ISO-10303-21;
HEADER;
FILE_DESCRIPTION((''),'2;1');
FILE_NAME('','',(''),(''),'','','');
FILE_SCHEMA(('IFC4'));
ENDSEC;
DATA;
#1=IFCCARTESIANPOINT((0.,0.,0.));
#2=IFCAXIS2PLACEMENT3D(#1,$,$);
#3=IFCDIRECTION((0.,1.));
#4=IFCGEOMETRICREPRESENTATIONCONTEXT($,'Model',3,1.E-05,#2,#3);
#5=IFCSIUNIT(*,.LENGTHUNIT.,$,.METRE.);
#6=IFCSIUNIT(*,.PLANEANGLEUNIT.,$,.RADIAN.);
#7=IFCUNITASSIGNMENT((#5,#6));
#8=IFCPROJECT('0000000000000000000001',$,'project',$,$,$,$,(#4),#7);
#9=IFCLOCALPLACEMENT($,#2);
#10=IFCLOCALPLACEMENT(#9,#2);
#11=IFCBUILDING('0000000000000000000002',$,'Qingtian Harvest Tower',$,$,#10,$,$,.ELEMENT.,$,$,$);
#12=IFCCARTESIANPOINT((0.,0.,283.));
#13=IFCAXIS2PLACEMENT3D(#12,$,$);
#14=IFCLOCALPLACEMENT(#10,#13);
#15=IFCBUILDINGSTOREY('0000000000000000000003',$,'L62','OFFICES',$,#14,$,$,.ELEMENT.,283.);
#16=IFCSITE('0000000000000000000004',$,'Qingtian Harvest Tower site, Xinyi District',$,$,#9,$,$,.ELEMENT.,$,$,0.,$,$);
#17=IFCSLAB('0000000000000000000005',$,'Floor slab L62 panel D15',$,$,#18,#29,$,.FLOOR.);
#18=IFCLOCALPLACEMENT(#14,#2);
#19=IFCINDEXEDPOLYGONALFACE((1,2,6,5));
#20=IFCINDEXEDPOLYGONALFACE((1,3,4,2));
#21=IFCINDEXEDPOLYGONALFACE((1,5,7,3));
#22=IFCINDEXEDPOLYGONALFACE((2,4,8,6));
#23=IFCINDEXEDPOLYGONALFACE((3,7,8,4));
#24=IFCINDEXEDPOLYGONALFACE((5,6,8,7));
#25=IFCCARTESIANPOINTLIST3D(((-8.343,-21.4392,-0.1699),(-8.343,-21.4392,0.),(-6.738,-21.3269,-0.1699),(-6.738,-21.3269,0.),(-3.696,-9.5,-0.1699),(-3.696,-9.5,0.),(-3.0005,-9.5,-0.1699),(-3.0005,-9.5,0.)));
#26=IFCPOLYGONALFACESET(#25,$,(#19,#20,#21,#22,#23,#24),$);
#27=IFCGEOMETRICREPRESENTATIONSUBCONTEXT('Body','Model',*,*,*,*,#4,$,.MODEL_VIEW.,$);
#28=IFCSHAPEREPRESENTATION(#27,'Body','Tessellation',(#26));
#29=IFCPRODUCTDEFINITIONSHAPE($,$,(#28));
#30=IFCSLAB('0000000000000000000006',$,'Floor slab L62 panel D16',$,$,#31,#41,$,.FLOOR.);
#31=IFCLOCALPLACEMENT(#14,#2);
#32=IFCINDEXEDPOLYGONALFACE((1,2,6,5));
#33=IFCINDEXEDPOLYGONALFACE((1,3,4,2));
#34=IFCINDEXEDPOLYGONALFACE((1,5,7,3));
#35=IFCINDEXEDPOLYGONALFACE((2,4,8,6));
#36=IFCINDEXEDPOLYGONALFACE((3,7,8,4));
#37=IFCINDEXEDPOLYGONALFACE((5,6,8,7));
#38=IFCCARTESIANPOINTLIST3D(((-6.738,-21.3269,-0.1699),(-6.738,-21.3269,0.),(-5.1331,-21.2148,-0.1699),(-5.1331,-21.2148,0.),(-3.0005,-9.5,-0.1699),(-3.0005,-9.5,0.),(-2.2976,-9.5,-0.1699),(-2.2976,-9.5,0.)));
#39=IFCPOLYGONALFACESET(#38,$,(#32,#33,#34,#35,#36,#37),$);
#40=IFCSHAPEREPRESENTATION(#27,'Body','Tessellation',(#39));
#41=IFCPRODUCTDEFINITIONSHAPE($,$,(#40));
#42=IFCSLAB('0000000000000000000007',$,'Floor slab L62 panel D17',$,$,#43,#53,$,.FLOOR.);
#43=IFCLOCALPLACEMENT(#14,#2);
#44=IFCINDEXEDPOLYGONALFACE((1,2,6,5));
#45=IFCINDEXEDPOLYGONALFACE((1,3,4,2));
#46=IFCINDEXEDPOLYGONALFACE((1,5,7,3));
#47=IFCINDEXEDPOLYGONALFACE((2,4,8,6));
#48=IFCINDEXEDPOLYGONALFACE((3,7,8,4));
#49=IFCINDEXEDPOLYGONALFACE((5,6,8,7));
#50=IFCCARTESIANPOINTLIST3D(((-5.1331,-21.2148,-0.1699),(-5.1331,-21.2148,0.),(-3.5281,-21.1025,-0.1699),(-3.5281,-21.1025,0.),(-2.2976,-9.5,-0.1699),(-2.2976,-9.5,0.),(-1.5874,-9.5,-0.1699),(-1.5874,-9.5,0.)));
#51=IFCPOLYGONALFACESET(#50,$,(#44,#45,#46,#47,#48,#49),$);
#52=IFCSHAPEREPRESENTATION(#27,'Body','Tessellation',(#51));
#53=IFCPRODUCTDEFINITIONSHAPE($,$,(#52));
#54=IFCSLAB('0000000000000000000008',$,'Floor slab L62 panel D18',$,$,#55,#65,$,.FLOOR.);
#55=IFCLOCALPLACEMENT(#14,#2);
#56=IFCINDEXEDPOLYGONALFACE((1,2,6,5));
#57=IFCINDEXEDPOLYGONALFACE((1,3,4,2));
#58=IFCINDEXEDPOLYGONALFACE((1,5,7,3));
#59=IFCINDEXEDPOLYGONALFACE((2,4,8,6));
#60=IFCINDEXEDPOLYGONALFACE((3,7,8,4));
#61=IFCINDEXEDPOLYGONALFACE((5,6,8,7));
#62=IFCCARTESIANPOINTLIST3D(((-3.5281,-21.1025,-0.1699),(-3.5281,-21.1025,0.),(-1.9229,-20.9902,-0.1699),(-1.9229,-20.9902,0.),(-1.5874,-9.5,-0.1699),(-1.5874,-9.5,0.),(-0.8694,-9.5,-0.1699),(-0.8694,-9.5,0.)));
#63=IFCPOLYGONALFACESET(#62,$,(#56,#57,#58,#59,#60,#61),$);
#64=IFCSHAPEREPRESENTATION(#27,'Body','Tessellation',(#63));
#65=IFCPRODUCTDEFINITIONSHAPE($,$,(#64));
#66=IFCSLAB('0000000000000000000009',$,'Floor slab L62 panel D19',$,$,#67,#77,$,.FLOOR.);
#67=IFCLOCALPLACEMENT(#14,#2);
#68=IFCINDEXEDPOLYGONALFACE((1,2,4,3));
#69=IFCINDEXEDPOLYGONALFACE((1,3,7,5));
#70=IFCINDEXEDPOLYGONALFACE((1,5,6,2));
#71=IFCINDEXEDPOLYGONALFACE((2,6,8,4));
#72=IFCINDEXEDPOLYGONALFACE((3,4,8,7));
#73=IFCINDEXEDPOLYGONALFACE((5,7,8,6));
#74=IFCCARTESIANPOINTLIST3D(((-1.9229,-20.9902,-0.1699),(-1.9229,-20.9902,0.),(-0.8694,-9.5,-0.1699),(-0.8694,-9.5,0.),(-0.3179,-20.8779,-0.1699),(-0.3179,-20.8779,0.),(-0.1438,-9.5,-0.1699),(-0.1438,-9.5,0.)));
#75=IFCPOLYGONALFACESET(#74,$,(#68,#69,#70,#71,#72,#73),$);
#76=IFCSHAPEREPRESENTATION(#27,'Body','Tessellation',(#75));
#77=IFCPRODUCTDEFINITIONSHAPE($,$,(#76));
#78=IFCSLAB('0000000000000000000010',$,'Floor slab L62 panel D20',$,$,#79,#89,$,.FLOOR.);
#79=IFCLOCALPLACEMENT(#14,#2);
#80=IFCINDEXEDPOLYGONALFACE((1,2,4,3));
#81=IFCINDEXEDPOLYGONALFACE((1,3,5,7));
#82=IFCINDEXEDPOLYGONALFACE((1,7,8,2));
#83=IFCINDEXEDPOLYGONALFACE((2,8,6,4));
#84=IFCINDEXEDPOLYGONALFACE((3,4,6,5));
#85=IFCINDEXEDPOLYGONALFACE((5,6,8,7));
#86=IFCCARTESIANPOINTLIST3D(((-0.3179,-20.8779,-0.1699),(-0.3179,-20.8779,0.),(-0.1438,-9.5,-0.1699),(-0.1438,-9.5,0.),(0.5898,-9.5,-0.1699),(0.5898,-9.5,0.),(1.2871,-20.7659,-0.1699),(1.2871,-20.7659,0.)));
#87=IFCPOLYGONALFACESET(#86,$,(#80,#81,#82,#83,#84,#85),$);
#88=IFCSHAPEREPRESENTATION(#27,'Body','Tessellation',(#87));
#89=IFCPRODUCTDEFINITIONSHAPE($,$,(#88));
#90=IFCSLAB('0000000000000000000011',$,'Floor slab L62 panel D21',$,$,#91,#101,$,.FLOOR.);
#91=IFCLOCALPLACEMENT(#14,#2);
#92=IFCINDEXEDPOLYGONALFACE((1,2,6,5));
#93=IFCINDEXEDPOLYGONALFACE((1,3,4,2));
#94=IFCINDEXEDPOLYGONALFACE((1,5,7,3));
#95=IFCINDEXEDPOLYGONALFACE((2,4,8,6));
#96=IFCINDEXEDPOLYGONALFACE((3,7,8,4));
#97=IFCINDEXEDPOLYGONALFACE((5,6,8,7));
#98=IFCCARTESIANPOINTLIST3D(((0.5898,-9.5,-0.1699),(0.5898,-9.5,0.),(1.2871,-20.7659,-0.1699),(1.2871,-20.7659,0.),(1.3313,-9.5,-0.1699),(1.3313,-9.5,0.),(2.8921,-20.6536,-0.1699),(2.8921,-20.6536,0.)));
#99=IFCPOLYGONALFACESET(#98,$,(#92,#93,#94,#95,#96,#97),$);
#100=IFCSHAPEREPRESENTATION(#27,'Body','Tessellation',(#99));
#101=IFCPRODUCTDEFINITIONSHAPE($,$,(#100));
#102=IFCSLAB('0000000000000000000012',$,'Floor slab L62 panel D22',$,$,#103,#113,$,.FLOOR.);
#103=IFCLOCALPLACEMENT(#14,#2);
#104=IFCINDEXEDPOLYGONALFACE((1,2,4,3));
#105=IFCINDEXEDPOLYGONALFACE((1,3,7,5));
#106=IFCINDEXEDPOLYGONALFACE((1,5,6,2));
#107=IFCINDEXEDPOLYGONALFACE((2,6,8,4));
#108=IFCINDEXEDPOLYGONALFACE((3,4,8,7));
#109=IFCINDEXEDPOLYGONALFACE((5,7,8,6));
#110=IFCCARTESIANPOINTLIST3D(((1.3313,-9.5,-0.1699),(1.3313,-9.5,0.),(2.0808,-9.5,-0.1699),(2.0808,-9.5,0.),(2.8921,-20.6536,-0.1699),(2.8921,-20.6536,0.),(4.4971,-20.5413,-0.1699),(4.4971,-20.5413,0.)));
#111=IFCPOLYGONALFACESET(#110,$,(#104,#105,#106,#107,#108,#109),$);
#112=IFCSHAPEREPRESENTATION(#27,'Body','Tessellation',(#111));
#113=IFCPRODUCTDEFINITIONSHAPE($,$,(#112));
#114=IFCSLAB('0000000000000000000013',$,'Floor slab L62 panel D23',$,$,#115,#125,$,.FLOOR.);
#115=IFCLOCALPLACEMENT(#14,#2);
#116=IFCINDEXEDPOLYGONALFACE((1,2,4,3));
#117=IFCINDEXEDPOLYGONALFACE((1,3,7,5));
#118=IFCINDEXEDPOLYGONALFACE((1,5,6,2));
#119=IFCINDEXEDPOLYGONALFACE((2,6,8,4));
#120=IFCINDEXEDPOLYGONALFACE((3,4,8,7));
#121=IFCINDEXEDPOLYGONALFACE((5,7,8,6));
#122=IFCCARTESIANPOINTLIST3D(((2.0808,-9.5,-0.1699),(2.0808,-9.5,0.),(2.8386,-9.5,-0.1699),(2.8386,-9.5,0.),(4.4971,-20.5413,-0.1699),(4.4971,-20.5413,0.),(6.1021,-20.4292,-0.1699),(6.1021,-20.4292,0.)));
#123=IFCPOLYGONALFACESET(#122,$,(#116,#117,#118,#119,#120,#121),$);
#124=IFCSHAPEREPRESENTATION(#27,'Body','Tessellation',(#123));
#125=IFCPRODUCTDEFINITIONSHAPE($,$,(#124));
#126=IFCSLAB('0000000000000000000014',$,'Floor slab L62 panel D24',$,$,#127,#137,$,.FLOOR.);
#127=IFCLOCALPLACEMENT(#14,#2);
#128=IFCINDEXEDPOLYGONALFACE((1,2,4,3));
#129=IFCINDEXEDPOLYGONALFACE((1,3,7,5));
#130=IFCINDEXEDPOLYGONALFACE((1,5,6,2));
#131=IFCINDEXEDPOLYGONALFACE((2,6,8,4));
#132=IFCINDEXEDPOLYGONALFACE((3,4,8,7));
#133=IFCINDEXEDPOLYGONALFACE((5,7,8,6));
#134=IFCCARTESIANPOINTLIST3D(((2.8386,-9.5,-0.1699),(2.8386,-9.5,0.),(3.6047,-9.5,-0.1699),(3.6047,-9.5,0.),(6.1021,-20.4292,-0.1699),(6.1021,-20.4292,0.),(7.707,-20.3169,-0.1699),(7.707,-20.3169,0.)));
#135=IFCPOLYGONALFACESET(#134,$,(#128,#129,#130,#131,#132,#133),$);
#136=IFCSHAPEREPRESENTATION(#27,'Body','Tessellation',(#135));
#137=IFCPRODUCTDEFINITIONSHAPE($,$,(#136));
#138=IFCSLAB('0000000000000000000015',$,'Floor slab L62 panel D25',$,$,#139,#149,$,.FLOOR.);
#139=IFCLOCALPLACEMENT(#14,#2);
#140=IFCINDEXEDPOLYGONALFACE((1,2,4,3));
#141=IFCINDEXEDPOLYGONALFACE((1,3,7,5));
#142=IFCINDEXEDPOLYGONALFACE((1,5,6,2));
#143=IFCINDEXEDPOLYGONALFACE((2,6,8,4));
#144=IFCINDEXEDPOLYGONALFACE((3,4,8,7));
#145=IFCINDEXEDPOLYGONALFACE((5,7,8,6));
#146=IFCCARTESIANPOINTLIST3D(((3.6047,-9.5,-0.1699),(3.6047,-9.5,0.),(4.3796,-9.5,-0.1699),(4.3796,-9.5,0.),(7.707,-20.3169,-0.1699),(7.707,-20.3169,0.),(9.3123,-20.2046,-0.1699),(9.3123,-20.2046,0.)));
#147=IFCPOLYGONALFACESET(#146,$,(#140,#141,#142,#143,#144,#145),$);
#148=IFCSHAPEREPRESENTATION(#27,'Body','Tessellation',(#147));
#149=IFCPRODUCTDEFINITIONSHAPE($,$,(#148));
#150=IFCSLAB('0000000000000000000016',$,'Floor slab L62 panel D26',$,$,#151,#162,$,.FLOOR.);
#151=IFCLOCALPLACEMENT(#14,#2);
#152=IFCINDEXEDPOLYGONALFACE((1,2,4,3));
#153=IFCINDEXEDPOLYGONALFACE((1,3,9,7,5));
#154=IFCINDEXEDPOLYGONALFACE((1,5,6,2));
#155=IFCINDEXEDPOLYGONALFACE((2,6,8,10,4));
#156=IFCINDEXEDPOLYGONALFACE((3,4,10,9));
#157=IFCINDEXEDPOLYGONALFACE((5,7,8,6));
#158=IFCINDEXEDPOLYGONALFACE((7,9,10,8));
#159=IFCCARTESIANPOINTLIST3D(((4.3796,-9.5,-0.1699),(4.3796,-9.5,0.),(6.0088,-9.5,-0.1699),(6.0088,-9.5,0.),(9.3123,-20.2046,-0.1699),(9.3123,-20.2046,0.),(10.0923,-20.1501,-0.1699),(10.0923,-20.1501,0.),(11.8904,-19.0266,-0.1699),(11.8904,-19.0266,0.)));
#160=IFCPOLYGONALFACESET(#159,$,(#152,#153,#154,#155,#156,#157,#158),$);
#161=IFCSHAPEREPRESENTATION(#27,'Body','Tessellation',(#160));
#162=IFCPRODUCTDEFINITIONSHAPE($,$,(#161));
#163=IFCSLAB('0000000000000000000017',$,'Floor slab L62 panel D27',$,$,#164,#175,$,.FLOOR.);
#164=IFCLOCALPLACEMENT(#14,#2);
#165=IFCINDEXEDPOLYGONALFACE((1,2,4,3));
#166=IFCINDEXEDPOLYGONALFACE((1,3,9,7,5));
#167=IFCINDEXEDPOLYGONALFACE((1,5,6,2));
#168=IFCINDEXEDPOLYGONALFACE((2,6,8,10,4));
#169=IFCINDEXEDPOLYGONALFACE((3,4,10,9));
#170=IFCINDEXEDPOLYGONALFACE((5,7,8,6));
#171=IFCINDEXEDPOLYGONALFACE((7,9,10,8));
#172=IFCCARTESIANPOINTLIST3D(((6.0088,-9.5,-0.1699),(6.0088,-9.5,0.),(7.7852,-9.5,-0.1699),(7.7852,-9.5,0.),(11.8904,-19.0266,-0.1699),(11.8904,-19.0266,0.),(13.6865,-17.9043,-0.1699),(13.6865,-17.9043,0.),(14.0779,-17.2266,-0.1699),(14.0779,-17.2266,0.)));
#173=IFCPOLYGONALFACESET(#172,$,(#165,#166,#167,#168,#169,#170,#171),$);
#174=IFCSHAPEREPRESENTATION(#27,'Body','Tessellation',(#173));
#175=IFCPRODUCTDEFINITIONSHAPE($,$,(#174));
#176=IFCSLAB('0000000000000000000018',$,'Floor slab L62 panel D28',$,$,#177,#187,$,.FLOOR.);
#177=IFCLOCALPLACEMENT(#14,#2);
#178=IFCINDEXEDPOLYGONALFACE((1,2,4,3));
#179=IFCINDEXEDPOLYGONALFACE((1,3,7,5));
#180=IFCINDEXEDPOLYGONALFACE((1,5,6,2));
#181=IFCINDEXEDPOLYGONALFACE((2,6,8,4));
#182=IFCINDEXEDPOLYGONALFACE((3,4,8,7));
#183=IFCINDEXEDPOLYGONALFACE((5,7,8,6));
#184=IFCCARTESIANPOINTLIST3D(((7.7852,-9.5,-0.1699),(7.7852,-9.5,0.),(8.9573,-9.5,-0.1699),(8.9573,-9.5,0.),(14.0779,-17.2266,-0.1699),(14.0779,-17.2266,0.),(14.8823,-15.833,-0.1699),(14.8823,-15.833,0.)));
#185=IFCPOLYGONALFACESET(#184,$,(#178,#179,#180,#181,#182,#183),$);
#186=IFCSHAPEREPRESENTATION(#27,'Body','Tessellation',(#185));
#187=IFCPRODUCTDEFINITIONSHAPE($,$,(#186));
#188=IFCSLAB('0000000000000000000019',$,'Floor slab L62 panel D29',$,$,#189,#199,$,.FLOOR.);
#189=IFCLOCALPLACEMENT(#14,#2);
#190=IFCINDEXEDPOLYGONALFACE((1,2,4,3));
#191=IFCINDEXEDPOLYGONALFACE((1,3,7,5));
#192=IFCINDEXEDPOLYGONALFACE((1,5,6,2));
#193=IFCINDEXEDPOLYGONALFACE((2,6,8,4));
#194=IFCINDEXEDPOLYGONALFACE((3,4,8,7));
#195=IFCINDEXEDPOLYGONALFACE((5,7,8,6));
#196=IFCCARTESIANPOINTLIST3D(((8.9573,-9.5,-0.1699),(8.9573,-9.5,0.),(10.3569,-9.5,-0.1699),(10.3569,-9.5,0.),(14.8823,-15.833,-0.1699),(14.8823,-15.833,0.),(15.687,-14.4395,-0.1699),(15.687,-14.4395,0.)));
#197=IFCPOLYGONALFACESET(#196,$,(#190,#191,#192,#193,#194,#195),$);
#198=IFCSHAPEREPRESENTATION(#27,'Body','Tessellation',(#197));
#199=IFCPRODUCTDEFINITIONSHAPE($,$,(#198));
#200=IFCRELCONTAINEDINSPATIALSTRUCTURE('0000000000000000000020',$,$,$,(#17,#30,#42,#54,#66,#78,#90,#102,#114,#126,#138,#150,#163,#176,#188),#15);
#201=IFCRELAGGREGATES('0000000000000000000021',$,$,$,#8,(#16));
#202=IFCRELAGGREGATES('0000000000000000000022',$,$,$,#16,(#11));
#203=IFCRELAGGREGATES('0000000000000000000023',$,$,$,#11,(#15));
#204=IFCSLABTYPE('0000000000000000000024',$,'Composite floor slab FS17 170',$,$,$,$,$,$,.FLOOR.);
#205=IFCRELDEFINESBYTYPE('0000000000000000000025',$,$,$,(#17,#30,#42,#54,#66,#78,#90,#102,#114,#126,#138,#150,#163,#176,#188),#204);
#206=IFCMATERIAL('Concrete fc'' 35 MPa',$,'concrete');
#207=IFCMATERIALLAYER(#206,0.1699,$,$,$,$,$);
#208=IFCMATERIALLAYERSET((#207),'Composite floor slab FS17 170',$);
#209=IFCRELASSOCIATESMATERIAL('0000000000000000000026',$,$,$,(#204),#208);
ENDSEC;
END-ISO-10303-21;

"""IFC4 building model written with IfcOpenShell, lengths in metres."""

from ifc_helpers import new_model, si_unit, direction, frame, origin, place, context, subcontext, project, spatial, polyline, outline, extrude, material, layer, layer_set, type_object, element, save


model = new_model("IFC4")

# Units and contexts
model_context = context("Model", 3, precision=1e-05, world=origin(), true_north=direction((0.0, 1.0)))
body_context = subcontext(model_context, "Body", "Model", "MODEL_VIEW")
ifc_project = project(units=[si_unit("LENGTHUNIT", "METRE"), si_unit("PLANEANGLEUNIT", "RADIAN")], contexts=[model_context])

# Site, building, storey
site_placement = place(None, origin())
site = spatial("IfcSite", under=ifc_project, at=site_placement, Name="Qingtian Harvest Tower site, Xinyi District", CompositionType="ELEMENT", RefElevation=0.0)
building_placement = place(site_placement, origin())
building = spatial("IfcBuilding", under=site, at=building_placement, Name="Qingtian Harvest Tower", CompositionType="ELEMENT")
storey_placement = place(building_placement, frame((0.0, 0.0, 283.0)))
storey = spatial("IfcBuildingStorey", under=building, at=storey_placement, Name="L62", Description="OFFICES", CompositionType="ELEMENT", Elevation=283.0)

# Slabs
ifc_material_1 = material(Name="Concrete fc' 35 MPa", Category="concrete")
ifc_layer_1 = layer(ifc_material_1, 0.1699)
ifc_layer_set_1 = layer_set([ifc_layer_1], Name="Composite floor slab FS17 170")
slab_type = type_object("IfcSlabType", Name="Composite floor slab FS17 170", PredefinedType="FLOOR", material=ifc_layer_set_1)
slab_1_placement = place(storey_placement, frame((0.0, 0.0, -0.1699)))
element("IfcSlab", 1, at=slab_1_placement, inside=storey, type_object=slab_type, Name="Floor slab L62 panel D15", PredefinedType="FLOOR", context=body_context, shape_type="SweptSolid", body=[
    extrude(outline(polyline([(-3.0005, -9.5), (-6.738, -21.3269), (-8.343, -21.4392), (-3.696, -9.5), (-3.0005, -9.5)])), origin(), (0.0, 0.0, 1.0), 0.1699),
])
slab_2_placement = place(storey_placement, frame((0.0, 0.0, -0.1699)))
element("IfcSlab", 2, at=slab_2_placement, inside=storey, type_object=slab_type, Name="Floor slab L62 panel D16", PredefinedType="FLOOR", context=body_context, shape_type="SweptSolid", body=[
    extrude(outline(polyline([(-2.2976, -9.5), (-5.1331, -21.2148), (-6.738, -21.3269), (-3.0005, -9.5), (-2.2976, -9.5)])), origin(), (0.0, 0.0, 1.0), 0.1699),
])
slab_3_placement = place(storey_placement, frame((0.0, 0.0, -0.1699)))
element("IfcSlab", 3, at=slab_3_placement, inside=storey, type_object=slab_type, Name="Floor slab L62 panel D17", PredefinedType="FLOOR", context=body_context, shape_type="SweptSolid", body=[
    extrude(outline(polyline([(-1.5874, -9.5), (-3.5281, -21.1025), (-5.1331, -21.2148), (-2.2976, -9.5), (-1.5874, -9.5)])), origin(), (0.0, 0.0, 1.0), 0.1699),
])
slab_4_placement = place(storey_placement, frame((0.0, 0.0, -0.1699)))
element("IfcSlab", 4, at=slab_4_placement, inside=storey, type_object=slab_type, Name="Floor slab L62 panel D18", PredefinedType="FLOOR", context=body_context, shape_type="SweptSolid", body=[
    extrude(outline(polyline([(-0.8694, -9.5), (-1.9229, -20.9902), (-3.5281, -21.1025), (-1.5874, -9.5), (-0.8694, -9.5)])), origin(), (0.0, 0.0, 1.0), 0.1699),
])
slab_5_placement = place(storey_placement, frame((0.0, 0.0, -0.1699)))
element("IfcSlab", 5, at=slab_5_placement, inside=storey, type_object=slab_type, Name="Floor slab L62 panel D19", PredefinedType="FLOOR", context=body_context, shape_type="SweptSolid", body=[
    extrude(outline(polyline([(-0.1438, -9.5), (-0.3179, -20.8779), (-1.9229, -20.9902), (-0.8694, -9.5), (-0.1438, -9.5)])), origin(), (0.0, 0.0, 1.0), 0.1699),
])
slab_6_placement = place(storey_placement, frame((0.0, 0.0, -0.1699)))
element("IfcSlab", 6, at=slab_6_placement, inside=storey, type_object=slab_type, Name="Floor slab L62 panel D20", PredefinedType="FLOOR", context=body_context, shape_type="SweptSolid", body=[
    extrude(outline(polyline([(0.5898, -9.5), (1.2871, -20.7659), (-0.3179, -20.8779), (-0.1438, -9.5), (0.5898, -9.5)])), origin(), (0.0, 0.0, 1.0), 0.1699),
])
slab_7_placement = place(storey_placement, frame((0.0, 0.0, -0.1699)))
element("IfcSlab", 7, at=slab_7_placement, inside=storey, type_object=slab_type, Name="Floor slab L62 panel D21", PredefinedType="FLOOR", context=body_context, shape_type="SweptSolid", body=[
    extrude(outline(polyline([(1.3313, -9.5), (2.8921, -20.6536), (1.2871, -20.7659), (0.5898, -9.5), (1.3313, -9.5)])), origin(), (0.0, 0.0, 1.0), 0.1699),
])
slab_8_placement = place(storey_placement, frame((0.0, 0.0, -0.1699)))
element("IfcSlab", 8, at=slab_8_placement, inside=storey, type_object=slab_type, Name="Floor slab L62 panel D22", PredefinedType="FLOOR", context=body_context, shape_type="SweptSolid", body=[
    extrude(outline(polyline([(2.0808, -9.5), (4.4971, -20.5413), (2.8921, -20.6536), (1.3313, -9.5), (2.0808, -9.5)])), origin(), (0.0, 0.0, 1.0), 0.1699),
])
slab_9_placement = place(storey_placement, frame((0.0, 0.0, -0.1699)))
element("IfcSlab", 9, at=slab_9_placement, inside=storey, type_object=slab_type, Name="Floor slab L62 panel D23", PredefinedType="FLOOR", context=body_context, shape_type="SweptSolid", body=[
    extrude(outline(polyline([(2.8386, -9.5), (6.1021, -20.4292), (4.4971, -20.5413), (2.0808, -9.5), (2.8386, -9.5)])), origin(), (0.0, 0.0, 1.0), 0.1699),
])
slab_10_placement = place(storey_placement, frame((0.0, 0.0, -0.1699)))
element("IfcSlab", 10, at=slab_10_placement, inside=storey, type_object=slab_type, Name="Floor slab L62 panel D24", PredefinedType="FLOOR", context=body_context, shape_type="SweptSolid", body=[
    extrude(outline(polyline([(3.6047, -9.5), (7.707, -20.3169), (6.1021, -20.4292), (2.8386, -9.5), (3.6047, -9.5)])), origin(), (0.0, 0.0, 1.0), 0.1699),
])
slab_11_placement = place(storey_placement, frame((0.0, 0.0, -0.1699)))
element("IfcSlab", 11, at=slab_11_placement, inside=storey, type_object=slab_type, Name="Floor slab L62 panel D25", PredefinedType="FLOOR", context=body_context, shape_type="SweptSolid", body=[
    extrude(outline(polyline([(4.3796, -9.5), (9.3123, -20.2046), (7.707, -20.3169), (3.6047, -9.5), (4.3796, -9.5)])), origin(), (0.0, 0.0, 1.0), 0.1699),
])
slab_12_placement = place(storey_placement, frame((0.0, 0.0, -0.1699)))
element("IfcSlab", 12, at=slab_12_placement, inside=storey, type_object=slab_type, Name="Floor slab L62 panel D26", PredefinedType="FLOOR", context=body_context, shape_type="SweptSolid", body=[
    extrude(outline(polyline([(4.3796, -9.5), (6.0088, -9.5), (11.8904, -19.0266), (10.0923, -20.1501), (9.3123, -20.2046), (4.3796, -9.5)])), origin(), (0.0, 0.0, 1.0), 0.1699),
])
slab_13_placement = place(storey_placement, frame((0.0, 0.0, -0.1699)))
element("IfcSlab", 13, at=slab_13_placement, inside=storey, type_object=slab_type, Name="Floor slab L62 panel D27", PredefinedType="FLOOR", context=body_context, shape_type="SweptSolid", body=[
    extrude(outline(polyline([(6.0088, -9.5), (7.7852, -9.5), (14.0779, -17.2266), (13.6865, -17.9043), (11.8904, -19.0266), (6.0088, -9.5)])), origin(), (0.0, 0.0, 1.0), 0.1699),
])
slab_14_placement = place(storey_placement, frame((0.0, 0.0, -0.1699)))
element("IfcSlab", 14, at=slab_14_placement, inside=storey, type_object=slab_type, Name="Floor slab L62 panel D28", PredefinedType="FLOOR", context=body_context, shape_type="SweptSolid", body=[
    extrude(outline(polyline([(8.9573, -9.5), (14.8823, -15.833), (14.0779, -17.2266), (7.7852, -9.5), (8.9573, -9.5)])), origin(), (0.0, 0.0, 1.0), 0.1699),
])
slab_15_placement = place(storey_placement, frame((0.0, 0.0, -0.1699)))
element("IfcSlab", 15, at=slab_15_placement, inside=storey, type_object=slab_type, Name="Floor slab L62 panel D29", PredefinedType="FLOOR", context=body_context, shape_type="SweptSolid", body=[
    extrude(outline(polyline([(10.3569, -9.5), (15.687, -14.4395), (14.8823, -15.833), (8.9573, -9.5), (10.3569, -9.5)])), origin(), (0.0, 0.0, 1.0), 0.1699),
])

save(model, "model.ifc")
